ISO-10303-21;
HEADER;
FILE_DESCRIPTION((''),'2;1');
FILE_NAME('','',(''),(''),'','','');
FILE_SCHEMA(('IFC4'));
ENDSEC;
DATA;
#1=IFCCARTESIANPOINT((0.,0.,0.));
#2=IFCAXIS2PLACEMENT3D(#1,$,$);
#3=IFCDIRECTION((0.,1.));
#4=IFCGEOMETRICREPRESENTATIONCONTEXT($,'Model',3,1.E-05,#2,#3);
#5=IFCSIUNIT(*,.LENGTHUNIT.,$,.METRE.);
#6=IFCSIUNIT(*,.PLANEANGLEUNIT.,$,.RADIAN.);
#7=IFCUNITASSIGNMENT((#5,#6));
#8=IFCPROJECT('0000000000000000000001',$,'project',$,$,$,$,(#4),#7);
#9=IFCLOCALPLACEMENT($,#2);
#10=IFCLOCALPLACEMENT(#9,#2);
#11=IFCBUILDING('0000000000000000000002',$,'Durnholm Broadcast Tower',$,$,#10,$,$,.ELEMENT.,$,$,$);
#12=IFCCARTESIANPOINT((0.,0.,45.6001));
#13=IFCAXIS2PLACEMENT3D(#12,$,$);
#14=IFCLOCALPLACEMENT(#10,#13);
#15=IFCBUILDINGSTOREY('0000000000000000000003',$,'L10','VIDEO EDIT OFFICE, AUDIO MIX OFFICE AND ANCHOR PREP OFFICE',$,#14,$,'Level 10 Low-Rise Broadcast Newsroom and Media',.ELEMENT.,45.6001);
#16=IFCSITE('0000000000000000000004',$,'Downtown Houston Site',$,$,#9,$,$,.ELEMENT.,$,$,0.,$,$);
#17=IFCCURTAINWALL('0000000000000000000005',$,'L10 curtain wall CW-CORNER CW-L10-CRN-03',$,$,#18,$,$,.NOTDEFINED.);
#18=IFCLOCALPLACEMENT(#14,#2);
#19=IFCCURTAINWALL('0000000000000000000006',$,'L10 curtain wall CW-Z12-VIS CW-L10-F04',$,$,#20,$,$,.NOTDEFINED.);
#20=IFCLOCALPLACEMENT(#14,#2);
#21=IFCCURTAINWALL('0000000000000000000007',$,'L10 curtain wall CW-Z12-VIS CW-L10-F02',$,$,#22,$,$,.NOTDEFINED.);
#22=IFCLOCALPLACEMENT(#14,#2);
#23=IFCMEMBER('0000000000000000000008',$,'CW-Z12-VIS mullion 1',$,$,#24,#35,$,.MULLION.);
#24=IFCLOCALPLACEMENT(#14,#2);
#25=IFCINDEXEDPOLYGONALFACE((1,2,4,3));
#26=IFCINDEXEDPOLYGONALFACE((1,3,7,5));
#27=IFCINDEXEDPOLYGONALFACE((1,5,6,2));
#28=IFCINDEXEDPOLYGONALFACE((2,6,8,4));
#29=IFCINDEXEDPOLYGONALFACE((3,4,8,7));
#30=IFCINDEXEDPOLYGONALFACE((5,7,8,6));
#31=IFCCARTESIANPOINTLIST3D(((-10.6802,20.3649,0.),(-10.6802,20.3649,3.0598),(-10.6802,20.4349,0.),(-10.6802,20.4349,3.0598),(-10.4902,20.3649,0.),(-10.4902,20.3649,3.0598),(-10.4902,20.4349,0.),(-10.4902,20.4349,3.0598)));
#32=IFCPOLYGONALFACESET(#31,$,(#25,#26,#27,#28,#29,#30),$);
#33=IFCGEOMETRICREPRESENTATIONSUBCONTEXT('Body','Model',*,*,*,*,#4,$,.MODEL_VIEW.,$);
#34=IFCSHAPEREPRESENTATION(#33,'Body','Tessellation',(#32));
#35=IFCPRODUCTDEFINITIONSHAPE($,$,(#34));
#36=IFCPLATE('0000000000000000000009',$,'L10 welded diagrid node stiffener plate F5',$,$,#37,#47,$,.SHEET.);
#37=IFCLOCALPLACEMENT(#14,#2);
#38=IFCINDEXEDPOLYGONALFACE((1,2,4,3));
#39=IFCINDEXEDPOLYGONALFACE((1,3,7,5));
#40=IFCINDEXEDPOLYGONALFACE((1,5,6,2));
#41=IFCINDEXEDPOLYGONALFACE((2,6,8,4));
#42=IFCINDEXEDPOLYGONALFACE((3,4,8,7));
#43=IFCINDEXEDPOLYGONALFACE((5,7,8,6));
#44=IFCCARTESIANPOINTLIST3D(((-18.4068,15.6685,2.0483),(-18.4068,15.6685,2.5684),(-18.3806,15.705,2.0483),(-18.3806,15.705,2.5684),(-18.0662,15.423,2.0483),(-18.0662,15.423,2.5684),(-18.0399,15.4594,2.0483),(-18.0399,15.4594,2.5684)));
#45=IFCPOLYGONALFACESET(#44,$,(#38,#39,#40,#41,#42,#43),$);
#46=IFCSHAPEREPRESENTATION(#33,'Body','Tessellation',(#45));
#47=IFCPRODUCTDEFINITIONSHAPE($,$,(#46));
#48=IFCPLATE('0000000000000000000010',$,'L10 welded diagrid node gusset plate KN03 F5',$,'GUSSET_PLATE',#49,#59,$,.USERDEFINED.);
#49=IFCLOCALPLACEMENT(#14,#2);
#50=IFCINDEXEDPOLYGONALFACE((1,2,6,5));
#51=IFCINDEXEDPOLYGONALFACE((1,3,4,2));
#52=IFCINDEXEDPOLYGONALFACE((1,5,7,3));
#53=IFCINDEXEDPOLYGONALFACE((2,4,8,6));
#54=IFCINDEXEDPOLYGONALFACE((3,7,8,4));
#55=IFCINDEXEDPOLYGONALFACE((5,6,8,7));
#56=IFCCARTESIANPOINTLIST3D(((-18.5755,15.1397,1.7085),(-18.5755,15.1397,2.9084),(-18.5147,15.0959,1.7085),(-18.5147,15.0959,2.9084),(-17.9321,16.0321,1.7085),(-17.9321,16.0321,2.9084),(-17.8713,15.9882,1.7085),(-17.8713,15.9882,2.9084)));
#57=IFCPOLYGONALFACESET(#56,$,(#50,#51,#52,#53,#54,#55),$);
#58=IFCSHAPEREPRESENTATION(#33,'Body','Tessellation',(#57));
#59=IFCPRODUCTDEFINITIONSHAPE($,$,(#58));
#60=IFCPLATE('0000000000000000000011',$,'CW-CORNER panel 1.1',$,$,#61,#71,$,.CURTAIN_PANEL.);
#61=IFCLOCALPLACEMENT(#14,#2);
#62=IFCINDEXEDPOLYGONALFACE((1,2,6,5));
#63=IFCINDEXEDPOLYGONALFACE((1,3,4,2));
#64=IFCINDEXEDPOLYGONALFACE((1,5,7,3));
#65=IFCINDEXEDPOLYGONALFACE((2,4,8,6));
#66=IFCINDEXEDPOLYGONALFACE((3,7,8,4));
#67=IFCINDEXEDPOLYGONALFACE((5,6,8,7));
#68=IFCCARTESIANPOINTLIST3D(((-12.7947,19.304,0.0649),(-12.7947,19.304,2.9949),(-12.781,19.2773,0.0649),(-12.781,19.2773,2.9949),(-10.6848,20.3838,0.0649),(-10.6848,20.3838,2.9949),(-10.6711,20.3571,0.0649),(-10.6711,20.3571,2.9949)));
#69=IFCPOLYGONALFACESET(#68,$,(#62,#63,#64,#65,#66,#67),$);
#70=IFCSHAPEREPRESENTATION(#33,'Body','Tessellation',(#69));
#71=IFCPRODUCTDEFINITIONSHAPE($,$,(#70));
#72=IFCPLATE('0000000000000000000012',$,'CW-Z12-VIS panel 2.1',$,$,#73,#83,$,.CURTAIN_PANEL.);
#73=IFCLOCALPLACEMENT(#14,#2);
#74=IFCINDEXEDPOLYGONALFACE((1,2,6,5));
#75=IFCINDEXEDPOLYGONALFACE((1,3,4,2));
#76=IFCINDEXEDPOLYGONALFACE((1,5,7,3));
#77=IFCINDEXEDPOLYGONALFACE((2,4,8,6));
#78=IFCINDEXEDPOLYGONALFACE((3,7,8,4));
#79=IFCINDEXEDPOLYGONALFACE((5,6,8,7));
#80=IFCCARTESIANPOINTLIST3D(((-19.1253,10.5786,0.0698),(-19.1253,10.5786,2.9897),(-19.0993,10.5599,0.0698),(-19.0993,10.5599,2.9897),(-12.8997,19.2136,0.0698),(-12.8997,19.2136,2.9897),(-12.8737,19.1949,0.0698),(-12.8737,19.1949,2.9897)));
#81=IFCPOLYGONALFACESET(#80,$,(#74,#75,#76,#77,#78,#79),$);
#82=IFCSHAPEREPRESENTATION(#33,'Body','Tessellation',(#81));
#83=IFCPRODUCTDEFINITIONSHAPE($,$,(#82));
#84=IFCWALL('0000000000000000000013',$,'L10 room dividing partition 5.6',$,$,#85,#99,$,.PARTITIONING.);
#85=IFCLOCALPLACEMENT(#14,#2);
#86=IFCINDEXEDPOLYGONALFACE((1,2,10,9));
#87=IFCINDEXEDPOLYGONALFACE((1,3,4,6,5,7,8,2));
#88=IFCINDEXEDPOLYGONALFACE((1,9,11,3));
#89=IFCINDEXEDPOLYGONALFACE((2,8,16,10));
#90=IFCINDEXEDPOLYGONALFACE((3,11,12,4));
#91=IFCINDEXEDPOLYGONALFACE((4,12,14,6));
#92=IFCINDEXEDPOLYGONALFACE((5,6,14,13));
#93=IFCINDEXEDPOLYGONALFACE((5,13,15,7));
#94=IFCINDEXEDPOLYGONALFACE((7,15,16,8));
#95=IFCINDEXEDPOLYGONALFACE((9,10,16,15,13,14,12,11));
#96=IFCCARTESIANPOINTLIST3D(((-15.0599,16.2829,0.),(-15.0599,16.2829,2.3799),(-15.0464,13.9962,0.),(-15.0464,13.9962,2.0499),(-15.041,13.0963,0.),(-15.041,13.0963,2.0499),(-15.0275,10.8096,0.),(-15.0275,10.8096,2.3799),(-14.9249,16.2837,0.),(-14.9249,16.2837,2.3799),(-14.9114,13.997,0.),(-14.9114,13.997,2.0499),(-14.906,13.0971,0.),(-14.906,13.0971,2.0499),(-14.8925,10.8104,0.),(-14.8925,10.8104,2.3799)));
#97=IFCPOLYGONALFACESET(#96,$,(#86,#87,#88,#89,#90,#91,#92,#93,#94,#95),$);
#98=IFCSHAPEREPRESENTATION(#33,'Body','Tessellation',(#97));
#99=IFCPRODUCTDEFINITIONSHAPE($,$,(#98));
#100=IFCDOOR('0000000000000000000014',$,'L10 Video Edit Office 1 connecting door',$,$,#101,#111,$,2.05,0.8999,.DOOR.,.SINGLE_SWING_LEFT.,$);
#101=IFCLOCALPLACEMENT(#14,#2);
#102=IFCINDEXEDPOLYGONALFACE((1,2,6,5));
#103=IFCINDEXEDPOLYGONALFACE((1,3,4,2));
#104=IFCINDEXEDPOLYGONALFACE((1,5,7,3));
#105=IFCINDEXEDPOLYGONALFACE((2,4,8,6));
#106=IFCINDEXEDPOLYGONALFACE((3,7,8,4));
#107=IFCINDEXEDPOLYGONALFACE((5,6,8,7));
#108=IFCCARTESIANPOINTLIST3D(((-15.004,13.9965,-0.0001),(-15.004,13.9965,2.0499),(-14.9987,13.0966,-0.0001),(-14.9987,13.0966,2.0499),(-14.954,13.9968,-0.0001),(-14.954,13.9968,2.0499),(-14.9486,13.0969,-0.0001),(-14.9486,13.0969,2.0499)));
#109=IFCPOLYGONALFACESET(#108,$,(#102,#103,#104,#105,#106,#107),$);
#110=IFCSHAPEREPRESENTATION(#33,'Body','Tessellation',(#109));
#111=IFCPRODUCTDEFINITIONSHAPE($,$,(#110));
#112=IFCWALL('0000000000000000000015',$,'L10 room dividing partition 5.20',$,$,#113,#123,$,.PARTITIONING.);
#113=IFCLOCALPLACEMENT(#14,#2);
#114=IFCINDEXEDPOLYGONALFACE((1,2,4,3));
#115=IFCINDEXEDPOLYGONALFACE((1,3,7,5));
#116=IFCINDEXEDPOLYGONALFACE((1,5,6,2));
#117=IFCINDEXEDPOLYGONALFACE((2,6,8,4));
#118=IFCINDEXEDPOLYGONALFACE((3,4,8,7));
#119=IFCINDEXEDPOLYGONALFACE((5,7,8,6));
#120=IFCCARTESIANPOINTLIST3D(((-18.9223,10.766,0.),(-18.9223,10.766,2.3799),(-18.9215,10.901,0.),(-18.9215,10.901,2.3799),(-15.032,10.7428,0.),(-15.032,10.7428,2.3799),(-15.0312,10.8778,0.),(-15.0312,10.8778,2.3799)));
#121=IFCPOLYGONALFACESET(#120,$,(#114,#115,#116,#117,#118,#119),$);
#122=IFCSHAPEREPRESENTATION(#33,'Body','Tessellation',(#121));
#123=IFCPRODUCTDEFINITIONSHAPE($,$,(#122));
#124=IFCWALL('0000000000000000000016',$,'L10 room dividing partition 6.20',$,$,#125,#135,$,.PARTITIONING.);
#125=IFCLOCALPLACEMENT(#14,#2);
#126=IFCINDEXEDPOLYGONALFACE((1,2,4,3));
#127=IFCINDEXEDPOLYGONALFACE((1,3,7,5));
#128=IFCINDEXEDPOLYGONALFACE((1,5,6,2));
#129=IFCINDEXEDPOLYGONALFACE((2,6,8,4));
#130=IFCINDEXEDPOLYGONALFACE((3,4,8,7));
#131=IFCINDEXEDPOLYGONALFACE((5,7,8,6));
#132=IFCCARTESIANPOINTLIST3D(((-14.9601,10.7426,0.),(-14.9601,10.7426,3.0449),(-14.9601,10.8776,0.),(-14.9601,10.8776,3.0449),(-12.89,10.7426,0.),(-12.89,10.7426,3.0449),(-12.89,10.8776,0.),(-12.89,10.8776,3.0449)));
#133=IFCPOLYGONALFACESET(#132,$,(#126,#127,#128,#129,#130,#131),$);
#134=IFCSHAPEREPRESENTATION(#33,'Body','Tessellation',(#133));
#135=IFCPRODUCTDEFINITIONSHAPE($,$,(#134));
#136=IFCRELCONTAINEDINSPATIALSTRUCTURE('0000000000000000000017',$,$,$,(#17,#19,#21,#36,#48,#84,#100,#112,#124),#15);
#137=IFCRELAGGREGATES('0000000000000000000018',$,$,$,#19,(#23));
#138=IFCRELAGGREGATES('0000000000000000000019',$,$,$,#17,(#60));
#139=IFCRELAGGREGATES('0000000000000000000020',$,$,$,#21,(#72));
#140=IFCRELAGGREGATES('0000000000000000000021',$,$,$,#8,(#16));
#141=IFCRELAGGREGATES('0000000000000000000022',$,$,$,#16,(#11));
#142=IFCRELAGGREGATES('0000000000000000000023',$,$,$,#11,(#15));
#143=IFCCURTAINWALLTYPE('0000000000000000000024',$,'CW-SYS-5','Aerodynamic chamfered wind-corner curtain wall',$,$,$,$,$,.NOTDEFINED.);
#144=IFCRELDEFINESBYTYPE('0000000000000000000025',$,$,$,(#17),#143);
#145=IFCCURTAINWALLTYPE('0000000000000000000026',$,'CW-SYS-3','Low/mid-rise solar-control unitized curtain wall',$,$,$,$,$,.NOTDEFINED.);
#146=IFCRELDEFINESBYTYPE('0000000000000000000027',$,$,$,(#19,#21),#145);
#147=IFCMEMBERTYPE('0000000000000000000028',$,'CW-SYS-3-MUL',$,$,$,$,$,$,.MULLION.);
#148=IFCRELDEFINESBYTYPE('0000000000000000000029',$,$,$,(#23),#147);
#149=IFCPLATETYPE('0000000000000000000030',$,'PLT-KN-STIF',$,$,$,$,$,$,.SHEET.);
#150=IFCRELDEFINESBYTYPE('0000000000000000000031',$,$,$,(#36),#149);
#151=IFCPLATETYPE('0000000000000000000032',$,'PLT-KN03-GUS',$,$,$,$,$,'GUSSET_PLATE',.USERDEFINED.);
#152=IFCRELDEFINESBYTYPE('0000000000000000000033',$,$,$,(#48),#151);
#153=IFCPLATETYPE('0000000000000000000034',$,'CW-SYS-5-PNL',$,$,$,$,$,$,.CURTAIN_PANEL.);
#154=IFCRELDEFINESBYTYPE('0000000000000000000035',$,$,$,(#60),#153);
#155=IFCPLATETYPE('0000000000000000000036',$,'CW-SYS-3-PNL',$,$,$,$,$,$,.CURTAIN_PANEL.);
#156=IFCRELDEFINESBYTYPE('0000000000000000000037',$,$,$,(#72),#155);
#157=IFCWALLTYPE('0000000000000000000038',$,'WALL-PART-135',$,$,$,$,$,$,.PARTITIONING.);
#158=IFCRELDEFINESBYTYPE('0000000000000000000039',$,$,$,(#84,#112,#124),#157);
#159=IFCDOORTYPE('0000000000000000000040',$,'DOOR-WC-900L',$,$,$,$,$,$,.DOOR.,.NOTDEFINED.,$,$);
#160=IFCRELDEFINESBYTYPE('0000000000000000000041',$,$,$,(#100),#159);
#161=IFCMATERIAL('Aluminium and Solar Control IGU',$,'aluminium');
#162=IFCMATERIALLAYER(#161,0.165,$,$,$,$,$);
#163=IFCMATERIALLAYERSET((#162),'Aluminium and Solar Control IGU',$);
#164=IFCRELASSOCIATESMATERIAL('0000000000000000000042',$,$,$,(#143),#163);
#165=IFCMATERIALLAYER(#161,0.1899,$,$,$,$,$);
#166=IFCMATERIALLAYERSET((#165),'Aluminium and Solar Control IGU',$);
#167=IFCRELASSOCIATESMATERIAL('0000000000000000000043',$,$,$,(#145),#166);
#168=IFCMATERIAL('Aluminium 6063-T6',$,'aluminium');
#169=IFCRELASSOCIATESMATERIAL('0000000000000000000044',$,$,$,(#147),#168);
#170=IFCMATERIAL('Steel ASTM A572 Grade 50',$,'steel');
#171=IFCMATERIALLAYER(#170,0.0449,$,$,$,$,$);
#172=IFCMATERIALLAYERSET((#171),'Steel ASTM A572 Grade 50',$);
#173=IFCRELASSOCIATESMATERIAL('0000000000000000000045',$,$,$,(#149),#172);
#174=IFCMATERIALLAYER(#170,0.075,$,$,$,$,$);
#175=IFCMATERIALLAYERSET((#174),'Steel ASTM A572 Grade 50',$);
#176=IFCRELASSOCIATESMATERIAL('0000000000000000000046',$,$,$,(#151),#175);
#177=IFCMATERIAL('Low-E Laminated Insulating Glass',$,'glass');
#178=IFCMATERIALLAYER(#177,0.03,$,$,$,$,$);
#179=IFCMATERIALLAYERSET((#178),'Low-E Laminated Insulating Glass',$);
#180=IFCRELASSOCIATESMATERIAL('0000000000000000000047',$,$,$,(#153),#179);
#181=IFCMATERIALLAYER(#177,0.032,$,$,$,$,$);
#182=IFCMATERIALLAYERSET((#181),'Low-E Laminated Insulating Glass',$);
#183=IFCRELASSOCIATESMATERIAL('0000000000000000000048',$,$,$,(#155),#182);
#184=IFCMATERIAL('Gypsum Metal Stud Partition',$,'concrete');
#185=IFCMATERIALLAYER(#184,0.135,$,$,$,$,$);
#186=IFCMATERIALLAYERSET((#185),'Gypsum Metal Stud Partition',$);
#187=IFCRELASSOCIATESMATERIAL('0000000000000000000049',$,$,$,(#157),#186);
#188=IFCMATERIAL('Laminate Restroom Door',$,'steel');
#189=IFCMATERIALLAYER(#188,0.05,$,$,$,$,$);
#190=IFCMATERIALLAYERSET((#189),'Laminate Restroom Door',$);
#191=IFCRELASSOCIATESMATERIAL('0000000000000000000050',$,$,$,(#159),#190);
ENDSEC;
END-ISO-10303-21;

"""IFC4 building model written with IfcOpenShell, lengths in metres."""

from ifc_helpers import new_model, si_unit, direction, frame, frame_2d, origin, origin_2d, place, context, subcontext, project, spatial, rectangle, extrude, source, transform, mapped, material, layer, layer_set, material_profile, profile_set, type_object, type_shapes, element, fill, aggregate, save


model = new_model("IFC4")

# Units and contexts
model_context = context("Model", 3, precision=1e-05, world=origin(), true_north=direction((0.0, 1.0)))
body_context = subcontext(model_context, "Body", "Model", "MODEL_VIEW")
ifc_project = project(units=[si_unit("LENGTHUNIT", "METRE"), si_unit("PLANEANGLEUNIT", "RADIAN")], contexts=[model_context])

# Site, building, storey
site_placement = place(None, origin())
site = spatial("IfcSite", under=ifc_project, at=site_placement, Name="Downtown Houston Site", CompositionType="ELEMENT", RefElevation=0.0)
building_placement = place(site_placement, origin())
building = spatial("IfcBuilding", under=site, at=building_placement, Name="Durnholm Broadcast Tower", CompositionType="ELEMENT")
storey_placement = place(building_placement, frame((0.0, 0.0, 45.6001)))
storey = spatial("IfcBuildingStorey", under=building, at=storey_placement, Name="L10", Description="VIDEO EDIT OFFICE, AUDIO MIX OFFICE AND ANCHOR PREP OFFICE", LongName="Level 10 Low-Rise Broadcast Newsroom and Media", CompositionType="ELEMENT", Elevation=45.6001)

# Curtain wall
ifc_material_1 = material(Name="Aluminium and Solar Control IGU", Category="aluminium")
ifc_layer_1 = layer(ifc_material_1, 0.165)
ifc_layer_set_1 = layer_set([ifc_layer_1], Name="Aluminium and Solar Control IGU")
curtain_wall_type_1 = type_object("IfcCurtainWallType", Name="CW-SYS-5", Description="Aerodynamic chamfered wind-corner curtain wall", PredefinedType="NOTDEFINED", material=ifc_layer_set_1)
curtain_wall_1_placement = place(storey_placement, origin())
curtain_wall_1 = element("IfcCurtainWall", 1, at=curtain_wall_1_placement, inside=storey, type_object=curtain_wall_type_1, Name="L10 curtain wall CW-CORNER CW-L10-CRN-03", PredefinedType="NOTDEFINED")
ifc_material_2 = material(Name="Aluminium 6063-T6", Category="aluminium")

# Curtain wall
ifc_layer_2 = layer(ifc_material_1, 0.1899)
ifc_layer_set_2 = layer_set([ifc_layer_2], Name="Aluminium and Solar Control IGU")
curtain_wall_type_2 = type_object("IfcCurtainWallType", Name="CW-SYS-3", Description="Low/mid-rise solar-control unitized curtain wall", PredefinedType="NOTDEFINED", material=ifc_layer_set_2)
curtain_wall_2_placement = place(storey_placement, origin())
curtain_wall_2 = element("IfcCurtainWall", 2, at=curtain_wall_2_placement, inside=storey, type_object=curtain_wall_type_2, Name="L10 curtain wall CW-Z12-VIS CW-L10-F04", PredefinedType="NOTDEFINED")

# Curtain wall
curtain_wall_3_placement = place(storey_placement, origin())
curtain_wall_3 = element("IfcCurtainWall", 3, at=curtain_wall_3_placement, inside=storey, type_object=curtain_wall_type_2, Name="L10 curtain wall CW-Z12-VIS CW-L10-F02", PredefinedType="NOTDEFINED")
ifc_material_profile_1 = material_profile(ifc_material_2, rectangle(XDim=0.0701, YDim=0.1899, at=origin_2d()), Name="CWM70X190")
ifc_profile_set_1 = profile_set([ifc_material_profile_1], Name="Aluminium 6063-T6")
member_type_1 = type_object("IfcMemberType", Name="CW-SYS-3-MUL", PredefinedType="MULLION", material=ifc_profile_set_1)
shared_shape_1 = source(origin(), body_context, "Body", "SweptSolid", [
    extrude(rectangle(XDim=0.0701, YDim=0.1899, at=origin_2d()), origin(), (0.0, 0.0, 1.0), 3.0598),
])
type_shapes(member_type_1, [shared_shape_1])

# Member
member_1_placement = place(storey_placement, frame((-10.5852, 20.3999, 0.0), z_axis=(0.0, 0.0, 1.0), x_axis=(0.0, 1.0, 0.0)))
member_1 = element("IfcMember", 4, at=member_1_placement, type_object=member_type_1, Name="CW-Z12-VIS mullion 1", PredefinedType="MULLION", context=body_context, shape_type="MappedRepresentation", body=[
    mapped(shared_shape_1, transform((0.0, 0.0, 0.0), x_axis=(1.0, 0.0, 0.0), y_axis=(0.0, 1.0, 0.0), z_axis=(0.0, 0.0, 1.0), scale=1.0)),
])
aggregate(curtain_wall_2, [member_1])

# Plates
ifc_material_3 = material(Name="Steel ASTM A572 Grade 50", Category="steel")
ifc_layer_3 = layer(ifc_material_3, 0.0449)
ifc_layer_set_3 = layer_set([ifc_layer_3], Name="Steel ASTM A572 Grade 50")
plate_type_1 = type_object("IfcPlateType", Name="PLT-KN-STIF", PredefinedType="SHEET", material=ifc_layer_set_3)
shared_shape_2 = source(origin(), body_context, "Body", "SweptSolid", [
    extrude(rectangle(XDim=0.0449, YDim=0.4199, at=origin_2d()), origin(), (0.0, 0.0, 1.0), 0.52),
])
type_shapes(plate_type_1, [shared_shape_2])
plate_1_placement = place(storey_placement, frame((-18.2234, 15.564, 2.0483), z_axis=(0.0, 0.0, 1.0), x_axis=(-0.584816, -0.811166, 0.0)))
element("IfcPlate", 5, at=plate_1_placement, inside=storey, type_object=plate_type_1, Name="L10 welded diagrid node stiffener plate F5", PredefinedType="SHEET", context=body_context, shape_type="MappedRepresentation", body=[
    mapped(shared_shape_2, transform((0.0, 0.0, 0.0), x_axis=(1.0, 0.0, 0.0), y_axis=(0.0, 1.0, 0.0), z_axis=(0.0, 0.0, 1.0), scale=1.0)),
])
ifc_layer_4 = layer(ifc_material_3, 0.075)
ifc_layer_set_4 = layer_set([ifc_layer_4], Name="Steel ASTM A572 Grade 50")
plate_type_2 = type_object("IfcPlateType", Name="PLT-KN03-GUS", ElementType="GUSSET_PLATE", PredefinedType="USERDEFINED", material=ifc_layer_set_4)
shared_shape_3 = source(origin(), body_context, "Body", "SweptSolid", [
    extrude(rectangle(XDim=1.1001, YDim=0.075, at=origin_2d()), origin(), (0.0, 0.0, 1.0), 1.2),
])
type_shapes(plate_type_2, [shared_shape_3])
plate_2_placement = place(storey_placement, frame((-18.2234, 15.564, 1.7085), z_axis=(0.0, 0.0, 1.0), x_axis=(-0.584816, -0.811166, 0.0)))
element("IfcPlate", 6, at=plate_2_placement, inside=storey, type_object=plate_type_2, Name="L10 welded diagrid node gusset plate KN03 F5", ObjectType="GUSSET_PLATE", PredefinedType="USERDEFINED", context=body_context, shape_type="MappedRepresentation", body=[
    mapped(shared_shape_3, transform((0.0, 0.0, 0.0), x_axis=(1.0, 0.0, 0.0), y_axis=(0.0, 1.0, 0.0), z_axis=(0.0, 0.0, 1.0), scale=1.0)),
])

# Plates
ifc_material_4 = material(Name="Low-E Laminated Insulating Glass", Category="glass")
ifc_layer_5 = layer(ifc_material_4, 0.03)
ifc_layer_set_5 = layer_set([ifc_layer_5], Name="Low-E Laminated Insulating Glass")
plate_type_3 = type_object("IfcPlateType", Name="CW-SYS-5-PNL", PredefinedType="CURTAIN_PANEL", material=ifc_layer_set_5)
shared_shape_4 = source(origin(), body_context, "Body", "SweptSolid", [
    extrude(rectangle(XDim=2.3701, YDim=0.03, at=origin_2d()), origin(), (0.0, 0.0, 1.0), 2.9299),
])
type_shapes(plate_type_3, [shared_shape_4])
plate_3_placement = place(storey_placement, frame((-11.7329, 19.8306, 0.0649), z_axis=(0.0, 0.0, 1.0), x_axis=(0.890188, 0.455594, 0.0)))
plate_3 = element("IfcPlate", 7, at=plate_3_placement, type_object=plate_type_3, Name="CW-CORNER panel 1.1", PredefinedType="CURTAIN_PANEL", context=body_context, shape_type="MappedRepresentation", body=[
    mapped(shared_shape_4, transform((0.0, 0.0, 0.0), x_axis=(1.0, 0.0, 0.0), y_axis=(0.0, 1.0, 0.0), z_axis=(0.0, 0.0, 1.0), scale=1.0)),
])
aggregate(curtain_wall_1, [plate_3])
ifc_layer_6 = layer(ifc_material_4, 0.032)
ifc_layer_set_6 = layer_set([ifc_layer_6], Name="Low-E Laminated Insulating Glass")
plate_type_4 = type_object("IfcPlateType", Name="CW-SYS-3-PNL", PredefinedType="CURTAIN_PANEL", material=ifc_layer_set_6)
shared_shape_5 = source(origin(), body_context, "Body", "SweptSolid", [
    extrude(rectangle(XDim=10.6453, YDim=0.032, at=origin_2d()), origin(), (0.0, 0.0, 1.0), 2.9199),
])
type_shapes(plate_type_4, [shared_shape_5])
plate_4_placement = place(storey_placement, frame((-15.9995, 14.8867, 0.0698), z_axis=(0.0, 0.0, 1.0), x_axis=(0.584823, 0.811161, 0.0)))
plate_4 = element("IfcPlate", 8, at=plate_4_placement, type_object=plate_type_4, Name="CW-Z12-VIS panel 2.1", PredefinedType="CURTAIN_PANEL", context=body_context, shape_type="MappedRepresentation", body=[
    mapped(shared_shape_5, transform((0.0, 0.0, 0.0), x_axis=(1.0, 0.0, 0.0), y_axis=(0.0, 1.0, 0.0), z_axis=(0.0, 0.0, 1.0), scale=1.0)),
])
aggregate(curtain_wall_3, [plate_4])

# Wall, opening, door
ifc_material_5 = material(Name="Gypsum Metal Stud Partition", Category="concrete")
ifc_layer_7 = layer(ifc_material_5, 0.135)
ifc_layer_set_7 = layer_set([ifc_layer_7], Name="Gypsum Metal Stud Partition")
wall_type_1 = type_object("IfcWallType", Name="WALL-PART-135", PredefinedType="PARTITIONING", material=ifc_layer_set_7)
wall_1_placement = place(storey_placement, frame((-14.9924, 16.2834, 0.0), z_axis=(0.0, 0.0, 1.0), x_axis=(0.005932, -0.999982, 0.0)))
wall_1 = element("IfcWall", 9, at=wall_1_placement, inside=storey, type_object=wall_type_1, Name="L10 room dividing partition 5.6", PredefinedType="PARTITIONING", context=body_context, shape_type="SweptSolid", body=[
    extrude(rectangle(XDim=5.4734, YDim=0.135, at=frame_2d((2.7368, 0.0))), origin(), (0.0, 0.0, 1.0), 2.3799),
])
opening_1_placement = place(wall_1_placement, frame((2.2869, 0.0, 0.0)))
opening_1 = element("IfcOpeningElement", 10, at=opening_1_placement, cuts=wall_1, PredefinedType="OPENING", context=body_context, shape_type="SweptSolid", body=[
    extrude(rectangle(XDim=0.8999, YDim=2.05, at=frame_2d((0.45, 1.0249))), frame((0.0, 0.0776, 0.0), z_axis=(0.0, -1.0, 0.0), x_axis=(1.0, 0.0, 0.0)), (0.0, 0.0, 1.0), 0.155),
])
ifc_material_6 = material(Name="Laminate Restroom Door", Category="steel")
ifc_layer_8 = layer(ifc_material_6, 0.05)
ifc_layer_set_8 = layer_set([ifc_layer_8], Name="Laminate Restroom Door")
door_type_1 = type_object("IfcDoorType", Name="DOOR-WC-900L", OperationType="NOTDEFINED", PredefinedType="DOOR", material=ifc_layer_set_8)
shared_shape_6 = source(origin(), body_context, "Body", "SweptSolid", [
    extrude(rectangle(XDim=0.8999, YDim=2.05, at=frame_2d((0.45, 1.0249))), frame((0.0, 0.0249, 0.0), z_axis=(0.0, -1.0, 0.0), x_axis=(1.0, 0.0, 0.0)), (0.0, 0.0, 1.0), 0.05),
])
type_shapes(door_type_1, [shared_shape_6])
door_1_placement = place(opening_1_placement, origin())
door_1 = element("IfcDoor", 11, at=door_1_placement, inside=storey, type_object=door_type_1, Name="L10 Video Edit Office 1 connecting door", OperationType="SINGLE_SWING_LEFT", OverallHeight=2.05, OverallWidth=0.8999, PredefinedType="DOOR", context=body_context, shape_type="MappedRepresentation", body=[
    mapped(shared_shape_6, transform((0.0, 0.0, 0.0), x_axis=(1.0, 0.0, 0.0), y_axis=(0.0, 1.0, 0.0), z_axis=(0.0, 0.0, 1.0), scale=1.0)),
])
fill(opening_1, door_1)

# Walls
wall_2_placement = place(storey_placement, frame((-15.0315, 10.8103, 0.0), z_axis=(0.0, 0.0, 1.0), x_axis=(-0.999982, 0.005962, 0.0)))
element("IfcWall", 12, at=wall_2_placement, inside=storey, type_object=wall_type_1, Name="L10 room dividing partition 5.20", PredefinedType="PARTITIONING", context=body_context, shape_type="SweptSolid", body=[
    extrude(rectangle(XDim=3.8904, YDim=0.135, at=frame_2d((1.9453, 0.0))), origin(), (0.0, 0.0, 1.0), 2.3799),
])
wall_3_placement = place(storey_placement, frame((-12.8899, 10.8101, 0.0), z_axis=(0.0, 0.0, 1.0), x_axis=(-1.0, 0.0, 0.0)))
element("IfcWall", 13, at=wall_3_placement, inside=storey, type_object=wall_type_1, Name="L10 room dividing partition 6.20", PredefinedType="PARTITIONING", context=body_context, shape_type="SweptSolid", body=[
    extrude(rectangle(XDim=2.0701, YDim=0.135, at=frame_2d((1.0352, 0.0))), origin(), (0.0, 0.0, 1.0), 3.0449),
])

save(model, "model.ifc")
